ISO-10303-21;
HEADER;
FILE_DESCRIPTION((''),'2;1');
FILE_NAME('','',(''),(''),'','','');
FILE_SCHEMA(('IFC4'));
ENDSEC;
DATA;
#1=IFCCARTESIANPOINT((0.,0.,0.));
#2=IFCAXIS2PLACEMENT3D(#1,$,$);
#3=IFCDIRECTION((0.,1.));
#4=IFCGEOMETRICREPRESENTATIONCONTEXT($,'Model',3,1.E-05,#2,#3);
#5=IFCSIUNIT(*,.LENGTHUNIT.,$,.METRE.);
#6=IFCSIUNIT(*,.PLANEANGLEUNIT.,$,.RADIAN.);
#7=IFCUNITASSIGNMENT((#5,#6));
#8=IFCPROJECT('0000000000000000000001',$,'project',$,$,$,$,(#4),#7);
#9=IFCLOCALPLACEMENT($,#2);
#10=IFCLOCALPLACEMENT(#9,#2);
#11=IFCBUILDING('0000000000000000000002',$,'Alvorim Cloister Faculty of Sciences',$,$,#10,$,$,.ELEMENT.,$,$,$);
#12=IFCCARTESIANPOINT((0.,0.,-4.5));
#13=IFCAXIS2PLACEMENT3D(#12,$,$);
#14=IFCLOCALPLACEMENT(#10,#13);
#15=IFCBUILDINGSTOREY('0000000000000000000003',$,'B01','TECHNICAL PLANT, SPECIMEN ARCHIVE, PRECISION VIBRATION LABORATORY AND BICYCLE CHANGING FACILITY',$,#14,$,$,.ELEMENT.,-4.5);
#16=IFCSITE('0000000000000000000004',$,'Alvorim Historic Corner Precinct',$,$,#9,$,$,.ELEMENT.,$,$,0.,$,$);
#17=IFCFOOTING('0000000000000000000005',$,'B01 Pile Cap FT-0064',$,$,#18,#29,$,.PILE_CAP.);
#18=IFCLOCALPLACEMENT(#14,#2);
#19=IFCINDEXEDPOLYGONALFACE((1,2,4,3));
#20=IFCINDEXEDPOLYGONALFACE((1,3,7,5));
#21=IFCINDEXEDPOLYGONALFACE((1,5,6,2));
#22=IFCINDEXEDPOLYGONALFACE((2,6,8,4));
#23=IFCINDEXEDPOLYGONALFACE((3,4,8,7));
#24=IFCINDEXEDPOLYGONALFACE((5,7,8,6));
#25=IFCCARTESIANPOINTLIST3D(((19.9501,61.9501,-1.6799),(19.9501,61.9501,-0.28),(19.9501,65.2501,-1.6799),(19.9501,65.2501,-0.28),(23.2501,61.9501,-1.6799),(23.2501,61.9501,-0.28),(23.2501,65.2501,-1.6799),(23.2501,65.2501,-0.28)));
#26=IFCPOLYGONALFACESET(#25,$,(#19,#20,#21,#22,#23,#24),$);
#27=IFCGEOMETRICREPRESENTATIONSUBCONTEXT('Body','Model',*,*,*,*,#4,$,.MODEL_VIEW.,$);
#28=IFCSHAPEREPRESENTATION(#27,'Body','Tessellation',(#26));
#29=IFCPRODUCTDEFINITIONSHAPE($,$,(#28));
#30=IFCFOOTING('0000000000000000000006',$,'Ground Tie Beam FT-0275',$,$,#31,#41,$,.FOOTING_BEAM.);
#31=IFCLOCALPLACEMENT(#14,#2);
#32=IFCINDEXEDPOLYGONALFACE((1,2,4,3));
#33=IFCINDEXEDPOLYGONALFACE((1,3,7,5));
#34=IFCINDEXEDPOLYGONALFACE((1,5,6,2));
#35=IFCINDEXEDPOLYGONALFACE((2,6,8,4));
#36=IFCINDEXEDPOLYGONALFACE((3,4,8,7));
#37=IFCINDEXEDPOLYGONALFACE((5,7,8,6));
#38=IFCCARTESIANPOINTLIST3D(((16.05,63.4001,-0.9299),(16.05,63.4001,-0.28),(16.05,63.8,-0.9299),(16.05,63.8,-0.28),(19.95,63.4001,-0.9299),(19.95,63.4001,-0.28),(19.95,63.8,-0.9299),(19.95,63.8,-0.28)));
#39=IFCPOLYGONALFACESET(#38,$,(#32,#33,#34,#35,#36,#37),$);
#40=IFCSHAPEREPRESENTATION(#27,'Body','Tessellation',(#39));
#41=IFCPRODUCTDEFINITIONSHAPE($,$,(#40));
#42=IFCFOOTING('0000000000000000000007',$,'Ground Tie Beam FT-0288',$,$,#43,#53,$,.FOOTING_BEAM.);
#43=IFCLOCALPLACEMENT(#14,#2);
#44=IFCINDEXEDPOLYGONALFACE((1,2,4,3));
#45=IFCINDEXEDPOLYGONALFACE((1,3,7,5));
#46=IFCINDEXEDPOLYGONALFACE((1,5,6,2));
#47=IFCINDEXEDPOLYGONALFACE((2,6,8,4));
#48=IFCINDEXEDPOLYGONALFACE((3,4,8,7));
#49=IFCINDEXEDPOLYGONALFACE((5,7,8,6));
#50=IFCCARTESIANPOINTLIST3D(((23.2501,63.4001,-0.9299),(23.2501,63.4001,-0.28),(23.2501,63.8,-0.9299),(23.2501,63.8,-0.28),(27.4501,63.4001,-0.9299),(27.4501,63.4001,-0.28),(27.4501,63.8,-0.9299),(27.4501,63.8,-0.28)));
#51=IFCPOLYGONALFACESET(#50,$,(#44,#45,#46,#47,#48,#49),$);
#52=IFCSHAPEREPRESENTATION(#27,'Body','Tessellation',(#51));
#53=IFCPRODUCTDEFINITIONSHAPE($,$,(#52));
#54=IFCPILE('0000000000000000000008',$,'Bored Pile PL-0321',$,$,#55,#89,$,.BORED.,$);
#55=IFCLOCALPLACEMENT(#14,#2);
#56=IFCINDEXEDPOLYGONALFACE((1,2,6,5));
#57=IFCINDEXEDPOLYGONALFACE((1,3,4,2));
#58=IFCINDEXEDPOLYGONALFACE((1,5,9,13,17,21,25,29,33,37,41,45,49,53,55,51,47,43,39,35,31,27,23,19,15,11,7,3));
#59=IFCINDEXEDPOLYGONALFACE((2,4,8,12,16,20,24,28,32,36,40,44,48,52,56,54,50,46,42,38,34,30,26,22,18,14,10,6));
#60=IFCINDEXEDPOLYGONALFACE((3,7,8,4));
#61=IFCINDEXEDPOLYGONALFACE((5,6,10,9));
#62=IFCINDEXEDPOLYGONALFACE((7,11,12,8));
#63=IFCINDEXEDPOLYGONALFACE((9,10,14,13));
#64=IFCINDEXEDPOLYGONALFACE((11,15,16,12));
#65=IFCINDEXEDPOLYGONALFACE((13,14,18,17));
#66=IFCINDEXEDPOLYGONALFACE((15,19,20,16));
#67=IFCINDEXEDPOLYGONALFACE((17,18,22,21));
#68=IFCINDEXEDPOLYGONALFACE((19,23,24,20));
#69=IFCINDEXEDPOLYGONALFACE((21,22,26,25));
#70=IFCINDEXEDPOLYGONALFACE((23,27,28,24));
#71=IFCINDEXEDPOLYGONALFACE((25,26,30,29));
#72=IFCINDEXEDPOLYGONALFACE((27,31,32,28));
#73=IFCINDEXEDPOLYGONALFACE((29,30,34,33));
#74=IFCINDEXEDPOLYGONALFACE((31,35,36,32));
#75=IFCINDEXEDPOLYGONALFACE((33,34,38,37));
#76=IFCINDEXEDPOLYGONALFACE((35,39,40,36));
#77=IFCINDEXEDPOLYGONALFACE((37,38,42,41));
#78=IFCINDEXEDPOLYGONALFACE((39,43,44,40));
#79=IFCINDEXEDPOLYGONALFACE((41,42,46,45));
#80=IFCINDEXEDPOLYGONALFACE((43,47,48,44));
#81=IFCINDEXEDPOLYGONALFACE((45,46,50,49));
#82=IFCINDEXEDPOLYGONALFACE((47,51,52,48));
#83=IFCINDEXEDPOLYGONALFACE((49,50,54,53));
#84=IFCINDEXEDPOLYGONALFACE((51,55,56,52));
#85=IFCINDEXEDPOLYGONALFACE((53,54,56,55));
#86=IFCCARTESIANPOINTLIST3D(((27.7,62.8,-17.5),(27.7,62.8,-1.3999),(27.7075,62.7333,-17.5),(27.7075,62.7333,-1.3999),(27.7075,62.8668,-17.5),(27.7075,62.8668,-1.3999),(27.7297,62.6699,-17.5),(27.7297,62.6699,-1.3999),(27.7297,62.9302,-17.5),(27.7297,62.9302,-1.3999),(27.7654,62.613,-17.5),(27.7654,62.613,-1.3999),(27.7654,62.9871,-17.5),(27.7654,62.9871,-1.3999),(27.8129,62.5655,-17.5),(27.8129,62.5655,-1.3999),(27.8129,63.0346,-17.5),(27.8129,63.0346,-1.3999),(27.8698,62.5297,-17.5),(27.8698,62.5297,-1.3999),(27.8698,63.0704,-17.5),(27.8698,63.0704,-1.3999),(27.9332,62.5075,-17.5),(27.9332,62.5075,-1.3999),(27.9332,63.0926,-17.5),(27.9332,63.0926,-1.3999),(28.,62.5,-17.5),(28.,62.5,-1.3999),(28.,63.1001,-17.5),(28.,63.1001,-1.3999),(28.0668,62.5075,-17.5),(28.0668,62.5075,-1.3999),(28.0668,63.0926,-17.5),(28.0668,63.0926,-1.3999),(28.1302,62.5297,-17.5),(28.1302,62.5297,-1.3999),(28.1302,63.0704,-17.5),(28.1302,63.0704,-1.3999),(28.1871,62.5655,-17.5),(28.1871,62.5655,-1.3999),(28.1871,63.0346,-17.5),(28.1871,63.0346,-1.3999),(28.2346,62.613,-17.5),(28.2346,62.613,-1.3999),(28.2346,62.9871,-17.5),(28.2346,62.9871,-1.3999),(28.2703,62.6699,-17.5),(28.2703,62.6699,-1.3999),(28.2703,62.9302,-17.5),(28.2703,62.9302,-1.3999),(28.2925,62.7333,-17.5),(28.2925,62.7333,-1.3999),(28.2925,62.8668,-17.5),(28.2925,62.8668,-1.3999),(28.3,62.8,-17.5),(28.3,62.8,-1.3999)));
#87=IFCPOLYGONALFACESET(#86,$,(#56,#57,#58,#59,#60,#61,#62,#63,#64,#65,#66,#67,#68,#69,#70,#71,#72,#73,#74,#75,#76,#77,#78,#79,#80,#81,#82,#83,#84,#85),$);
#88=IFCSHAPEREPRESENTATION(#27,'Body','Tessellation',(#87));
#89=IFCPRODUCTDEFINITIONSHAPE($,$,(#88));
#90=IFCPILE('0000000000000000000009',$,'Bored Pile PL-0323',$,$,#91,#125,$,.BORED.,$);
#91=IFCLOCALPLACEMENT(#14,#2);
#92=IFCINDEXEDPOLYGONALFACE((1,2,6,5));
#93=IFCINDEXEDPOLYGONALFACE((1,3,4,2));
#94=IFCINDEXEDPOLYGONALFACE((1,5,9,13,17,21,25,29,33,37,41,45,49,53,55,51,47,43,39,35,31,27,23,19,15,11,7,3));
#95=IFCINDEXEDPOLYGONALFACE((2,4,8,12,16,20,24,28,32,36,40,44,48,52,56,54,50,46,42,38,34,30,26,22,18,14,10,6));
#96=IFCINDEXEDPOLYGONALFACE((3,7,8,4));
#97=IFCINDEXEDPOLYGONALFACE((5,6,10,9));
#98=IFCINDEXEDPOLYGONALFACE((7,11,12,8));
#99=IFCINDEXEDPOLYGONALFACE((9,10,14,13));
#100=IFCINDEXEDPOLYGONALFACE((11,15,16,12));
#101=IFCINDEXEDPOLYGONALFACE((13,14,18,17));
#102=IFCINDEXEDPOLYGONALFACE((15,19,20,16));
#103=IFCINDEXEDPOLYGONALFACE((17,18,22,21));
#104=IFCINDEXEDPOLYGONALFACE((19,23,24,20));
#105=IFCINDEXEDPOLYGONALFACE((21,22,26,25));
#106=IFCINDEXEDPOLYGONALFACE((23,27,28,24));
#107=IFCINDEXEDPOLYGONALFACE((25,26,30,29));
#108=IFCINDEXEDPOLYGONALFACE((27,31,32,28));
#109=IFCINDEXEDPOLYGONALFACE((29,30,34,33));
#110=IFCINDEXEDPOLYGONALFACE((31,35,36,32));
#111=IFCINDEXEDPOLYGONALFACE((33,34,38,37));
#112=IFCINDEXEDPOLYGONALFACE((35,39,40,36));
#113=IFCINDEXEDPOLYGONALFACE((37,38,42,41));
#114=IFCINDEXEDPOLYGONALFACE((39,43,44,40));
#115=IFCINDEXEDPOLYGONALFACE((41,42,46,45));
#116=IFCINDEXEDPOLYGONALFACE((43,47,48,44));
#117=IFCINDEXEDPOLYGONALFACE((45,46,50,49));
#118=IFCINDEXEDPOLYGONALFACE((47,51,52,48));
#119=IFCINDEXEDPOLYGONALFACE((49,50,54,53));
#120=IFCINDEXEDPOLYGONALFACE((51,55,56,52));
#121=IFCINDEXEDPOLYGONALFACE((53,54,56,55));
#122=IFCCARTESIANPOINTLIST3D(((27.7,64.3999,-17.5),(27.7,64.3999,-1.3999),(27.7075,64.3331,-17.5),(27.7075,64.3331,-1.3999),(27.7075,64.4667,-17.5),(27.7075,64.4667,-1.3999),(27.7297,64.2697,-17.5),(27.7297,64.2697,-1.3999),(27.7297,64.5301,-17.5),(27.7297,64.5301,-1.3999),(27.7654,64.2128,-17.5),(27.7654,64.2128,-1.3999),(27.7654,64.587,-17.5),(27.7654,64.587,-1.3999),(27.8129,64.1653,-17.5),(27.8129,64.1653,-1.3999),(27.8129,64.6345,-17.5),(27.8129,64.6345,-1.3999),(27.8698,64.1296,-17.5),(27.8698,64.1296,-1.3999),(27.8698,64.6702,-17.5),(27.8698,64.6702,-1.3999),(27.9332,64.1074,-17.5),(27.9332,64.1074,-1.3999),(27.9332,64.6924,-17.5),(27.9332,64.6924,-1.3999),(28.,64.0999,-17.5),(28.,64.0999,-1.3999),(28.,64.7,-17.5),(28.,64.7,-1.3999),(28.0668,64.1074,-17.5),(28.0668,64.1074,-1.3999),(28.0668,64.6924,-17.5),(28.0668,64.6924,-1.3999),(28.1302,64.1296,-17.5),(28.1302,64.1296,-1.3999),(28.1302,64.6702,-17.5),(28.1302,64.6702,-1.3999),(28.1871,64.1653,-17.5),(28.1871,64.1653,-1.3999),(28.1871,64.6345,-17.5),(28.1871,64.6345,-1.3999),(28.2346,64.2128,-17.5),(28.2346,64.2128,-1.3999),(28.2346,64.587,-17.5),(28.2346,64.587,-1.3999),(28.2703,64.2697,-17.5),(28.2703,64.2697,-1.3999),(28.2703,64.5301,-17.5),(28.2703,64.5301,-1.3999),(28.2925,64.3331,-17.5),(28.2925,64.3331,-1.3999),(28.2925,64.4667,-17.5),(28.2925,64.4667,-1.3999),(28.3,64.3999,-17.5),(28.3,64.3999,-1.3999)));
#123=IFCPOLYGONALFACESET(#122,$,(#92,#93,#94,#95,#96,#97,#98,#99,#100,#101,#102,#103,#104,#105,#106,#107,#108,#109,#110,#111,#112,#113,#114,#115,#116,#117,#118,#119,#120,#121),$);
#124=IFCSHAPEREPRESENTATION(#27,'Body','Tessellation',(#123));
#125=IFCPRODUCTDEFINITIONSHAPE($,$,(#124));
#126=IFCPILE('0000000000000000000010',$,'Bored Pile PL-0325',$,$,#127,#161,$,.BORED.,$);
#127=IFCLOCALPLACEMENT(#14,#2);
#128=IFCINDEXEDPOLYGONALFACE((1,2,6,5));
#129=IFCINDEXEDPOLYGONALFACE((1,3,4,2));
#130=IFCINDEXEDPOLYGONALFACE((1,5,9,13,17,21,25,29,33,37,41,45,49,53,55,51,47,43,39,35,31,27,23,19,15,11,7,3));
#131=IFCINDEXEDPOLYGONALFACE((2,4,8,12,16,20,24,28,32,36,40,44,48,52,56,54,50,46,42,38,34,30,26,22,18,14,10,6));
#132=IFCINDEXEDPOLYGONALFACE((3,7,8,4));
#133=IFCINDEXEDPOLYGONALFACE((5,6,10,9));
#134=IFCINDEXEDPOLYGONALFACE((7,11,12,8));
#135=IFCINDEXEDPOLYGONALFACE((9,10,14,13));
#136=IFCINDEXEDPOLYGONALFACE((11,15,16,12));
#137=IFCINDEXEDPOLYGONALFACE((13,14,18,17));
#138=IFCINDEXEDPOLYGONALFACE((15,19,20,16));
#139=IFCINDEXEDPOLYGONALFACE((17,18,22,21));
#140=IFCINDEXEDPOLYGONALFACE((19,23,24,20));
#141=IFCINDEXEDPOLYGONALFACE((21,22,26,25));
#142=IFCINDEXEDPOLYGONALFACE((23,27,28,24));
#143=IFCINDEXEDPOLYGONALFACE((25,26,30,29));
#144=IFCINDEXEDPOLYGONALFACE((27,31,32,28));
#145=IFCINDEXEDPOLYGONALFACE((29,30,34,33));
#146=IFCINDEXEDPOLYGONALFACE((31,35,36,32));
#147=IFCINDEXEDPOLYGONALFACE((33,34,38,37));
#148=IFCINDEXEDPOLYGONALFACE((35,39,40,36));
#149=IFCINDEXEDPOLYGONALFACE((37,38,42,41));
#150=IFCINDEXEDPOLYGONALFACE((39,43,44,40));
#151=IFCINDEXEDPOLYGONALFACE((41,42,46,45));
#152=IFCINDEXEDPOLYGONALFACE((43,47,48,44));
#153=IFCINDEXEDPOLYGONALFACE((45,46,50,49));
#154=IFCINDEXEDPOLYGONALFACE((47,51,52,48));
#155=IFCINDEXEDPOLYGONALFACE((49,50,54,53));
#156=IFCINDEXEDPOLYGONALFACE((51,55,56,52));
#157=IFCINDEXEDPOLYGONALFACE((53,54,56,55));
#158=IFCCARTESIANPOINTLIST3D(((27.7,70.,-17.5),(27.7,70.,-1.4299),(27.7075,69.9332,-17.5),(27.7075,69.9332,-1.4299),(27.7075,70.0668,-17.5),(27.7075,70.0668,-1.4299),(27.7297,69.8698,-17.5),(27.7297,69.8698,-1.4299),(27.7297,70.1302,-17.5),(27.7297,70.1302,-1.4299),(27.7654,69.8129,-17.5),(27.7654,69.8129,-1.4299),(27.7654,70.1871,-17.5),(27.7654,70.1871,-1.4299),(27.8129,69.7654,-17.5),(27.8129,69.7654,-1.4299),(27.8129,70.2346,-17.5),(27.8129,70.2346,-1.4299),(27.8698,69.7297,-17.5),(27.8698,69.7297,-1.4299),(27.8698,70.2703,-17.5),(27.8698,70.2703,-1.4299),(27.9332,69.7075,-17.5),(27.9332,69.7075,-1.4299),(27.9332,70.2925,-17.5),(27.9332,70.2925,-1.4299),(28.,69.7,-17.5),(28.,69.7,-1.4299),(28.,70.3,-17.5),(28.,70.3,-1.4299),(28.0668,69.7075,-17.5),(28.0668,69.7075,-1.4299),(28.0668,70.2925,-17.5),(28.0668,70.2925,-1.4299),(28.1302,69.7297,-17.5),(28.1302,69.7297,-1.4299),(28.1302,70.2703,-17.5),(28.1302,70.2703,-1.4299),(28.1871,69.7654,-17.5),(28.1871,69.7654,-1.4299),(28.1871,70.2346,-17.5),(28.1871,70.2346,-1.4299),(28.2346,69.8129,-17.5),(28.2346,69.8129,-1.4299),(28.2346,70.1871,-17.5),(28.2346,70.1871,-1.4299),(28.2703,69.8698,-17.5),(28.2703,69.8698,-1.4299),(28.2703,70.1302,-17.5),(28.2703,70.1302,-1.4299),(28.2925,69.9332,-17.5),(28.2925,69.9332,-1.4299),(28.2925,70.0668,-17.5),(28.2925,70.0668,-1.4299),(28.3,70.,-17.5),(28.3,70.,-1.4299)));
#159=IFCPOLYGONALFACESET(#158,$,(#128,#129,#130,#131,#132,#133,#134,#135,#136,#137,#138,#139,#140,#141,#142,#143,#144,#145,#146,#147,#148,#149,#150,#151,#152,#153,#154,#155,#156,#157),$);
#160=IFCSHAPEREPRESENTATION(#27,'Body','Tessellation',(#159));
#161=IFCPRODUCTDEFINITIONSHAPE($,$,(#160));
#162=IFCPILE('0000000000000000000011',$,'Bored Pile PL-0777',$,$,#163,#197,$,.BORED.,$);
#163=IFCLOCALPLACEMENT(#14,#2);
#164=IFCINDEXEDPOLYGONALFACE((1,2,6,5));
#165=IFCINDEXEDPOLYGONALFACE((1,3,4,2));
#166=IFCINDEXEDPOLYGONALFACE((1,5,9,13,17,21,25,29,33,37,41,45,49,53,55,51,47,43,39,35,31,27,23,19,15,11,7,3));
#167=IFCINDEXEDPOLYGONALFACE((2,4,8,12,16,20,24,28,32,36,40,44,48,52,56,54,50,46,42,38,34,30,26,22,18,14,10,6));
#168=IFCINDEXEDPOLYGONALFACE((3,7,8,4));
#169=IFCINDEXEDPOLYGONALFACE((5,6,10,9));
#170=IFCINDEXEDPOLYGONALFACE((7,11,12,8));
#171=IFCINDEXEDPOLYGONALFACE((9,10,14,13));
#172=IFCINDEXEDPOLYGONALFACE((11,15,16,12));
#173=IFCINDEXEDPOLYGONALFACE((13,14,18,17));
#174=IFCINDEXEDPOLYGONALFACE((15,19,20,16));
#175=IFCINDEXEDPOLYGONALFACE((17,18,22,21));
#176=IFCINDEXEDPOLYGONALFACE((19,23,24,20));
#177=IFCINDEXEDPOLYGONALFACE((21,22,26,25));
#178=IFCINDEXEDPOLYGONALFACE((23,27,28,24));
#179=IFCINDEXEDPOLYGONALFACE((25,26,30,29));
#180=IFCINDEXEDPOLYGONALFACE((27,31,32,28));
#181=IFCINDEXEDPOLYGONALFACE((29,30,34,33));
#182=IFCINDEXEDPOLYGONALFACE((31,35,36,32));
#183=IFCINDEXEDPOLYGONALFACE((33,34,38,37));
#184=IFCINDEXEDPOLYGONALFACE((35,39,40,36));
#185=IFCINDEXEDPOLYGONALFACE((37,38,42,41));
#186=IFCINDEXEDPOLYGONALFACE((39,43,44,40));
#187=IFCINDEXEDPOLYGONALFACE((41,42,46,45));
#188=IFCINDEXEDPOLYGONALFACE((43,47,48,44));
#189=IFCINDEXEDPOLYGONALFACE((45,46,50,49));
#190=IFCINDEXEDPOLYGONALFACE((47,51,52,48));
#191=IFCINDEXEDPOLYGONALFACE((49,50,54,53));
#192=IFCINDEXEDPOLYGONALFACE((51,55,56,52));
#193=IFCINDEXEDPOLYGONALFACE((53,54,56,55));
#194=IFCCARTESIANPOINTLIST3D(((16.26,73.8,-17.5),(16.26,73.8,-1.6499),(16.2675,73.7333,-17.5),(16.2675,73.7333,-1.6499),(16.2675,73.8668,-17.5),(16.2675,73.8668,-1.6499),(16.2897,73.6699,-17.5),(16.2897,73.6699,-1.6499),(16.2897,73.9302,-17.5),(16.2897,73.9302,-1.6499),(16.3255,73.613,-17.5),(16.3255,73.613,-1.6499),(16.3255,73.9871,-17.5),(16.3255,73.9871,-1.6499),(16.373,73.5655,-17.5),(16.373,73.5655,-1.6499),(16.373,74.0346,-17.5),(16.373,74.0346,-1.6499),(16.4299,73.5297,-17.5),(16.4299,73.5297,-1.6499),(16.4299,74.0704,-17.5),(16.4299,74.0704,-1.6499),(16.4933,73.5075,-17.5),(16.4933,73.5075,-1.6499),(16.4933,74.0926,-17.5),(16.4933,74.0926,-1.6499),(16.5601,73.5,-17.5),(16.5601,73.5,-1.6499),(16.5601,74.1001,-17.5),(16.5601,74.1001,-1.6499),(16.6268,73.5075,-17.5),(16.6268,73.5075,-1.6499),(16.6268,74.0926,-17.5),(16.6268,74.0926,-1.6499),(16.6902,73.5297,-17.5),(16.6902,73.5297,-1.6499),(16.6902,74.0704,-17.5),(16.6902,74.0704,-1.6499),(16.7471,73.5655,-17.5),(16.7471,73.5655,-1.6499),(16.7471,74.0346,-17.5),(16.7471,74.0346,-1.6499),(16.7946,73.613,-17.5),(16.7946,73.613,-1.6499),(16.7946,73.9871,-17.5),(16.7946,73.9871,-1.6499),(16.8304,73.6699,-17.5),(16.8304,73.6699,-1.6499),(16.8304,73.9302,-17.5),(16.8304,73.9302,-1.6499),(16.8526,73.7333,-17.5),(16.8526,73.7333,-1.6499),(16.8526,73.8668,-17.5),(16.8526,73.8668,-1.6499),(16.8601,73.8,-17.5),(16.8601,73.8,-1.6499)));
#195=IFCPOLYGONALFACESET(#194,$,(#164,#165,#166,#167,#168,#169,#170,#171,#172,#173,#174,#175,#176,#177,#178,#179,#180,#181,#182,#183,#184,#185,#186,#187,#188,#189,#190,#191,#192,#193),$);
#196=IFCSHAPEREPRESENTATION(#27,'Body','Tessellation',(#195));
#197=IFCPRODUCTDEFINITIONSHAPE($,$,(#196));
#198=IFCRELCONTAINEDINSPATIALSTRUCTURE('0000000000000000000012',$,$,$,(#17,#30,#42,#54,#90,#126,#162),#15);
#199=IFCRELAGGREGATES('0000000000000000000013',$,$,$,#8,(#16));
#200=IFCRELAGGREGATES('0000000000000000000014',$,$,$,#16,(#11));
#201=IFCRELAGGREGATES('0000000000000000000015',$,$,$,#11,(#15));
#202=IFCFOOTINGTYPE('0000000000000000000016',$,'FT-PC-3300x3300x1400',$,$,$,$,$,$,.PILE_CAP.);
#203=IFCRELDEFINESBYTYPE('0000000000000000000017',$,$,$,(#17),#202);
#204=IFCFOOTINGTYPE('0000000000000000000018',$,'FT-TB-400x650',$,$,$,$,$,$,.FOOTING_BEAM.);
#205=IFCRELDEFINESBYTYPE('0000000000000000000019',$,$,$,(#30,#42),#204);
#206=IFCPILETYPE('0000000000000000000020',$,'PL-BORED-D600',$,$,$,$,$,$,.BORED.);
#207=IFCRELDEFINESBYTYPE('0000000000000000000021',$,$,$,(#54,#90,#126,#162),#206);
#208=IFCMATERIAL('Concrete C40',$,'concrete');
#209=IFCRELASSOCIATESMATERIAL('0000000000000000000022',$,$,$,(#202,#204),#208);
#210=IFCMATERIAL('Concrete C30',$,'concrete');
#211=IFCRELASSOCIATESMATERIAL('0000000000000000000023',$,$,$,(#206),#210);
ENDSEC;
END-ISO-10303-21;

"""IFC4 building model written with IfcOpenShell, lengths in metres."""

from ifc_helpers import new_model, si_unit, direction, frame, origin, origin_2d, place, context, subcontext, project, spatial, rectangle, circle, extrude, material, material_profile, profile_set, type_object, element, save


model = new_model("IFC4")

# Units and contexts
model_context = context("Model", 3, precision=1e-05, world=origin(), true_north=direction((0.0, 1.0)))
body_context = subcontext(model_context, "Body", "Model", "MODEL_VIEW")
ifc_project = project(units=[si_unit("LENGTHUNIT", "METRE"), si_unit("PLANEANGLEUNIT", "RADIAN")], contexts=[model_context])

# Site, building, storey
site_placement = place(None, origin())
site = spatial("IfcSite", under=ifc_project, at=site_placement, Name="Alvorim Historic Corner Precinct", CompositionType="ELEMENT", RefElevation=0.0)
building_placement = place(site_placement, origin())
building = spatial("IfcBuilding", under=site, at=building_placement, Name="Alvorim Cloister Faculty of Sciences", CompositionType="ELEMENT")
storey_placement = place(building_placement, frame((0.0, 0.0, -4.5)))
storey = spatial("IfcBuildingStorey", under=building, at=storey_placement, Name="B01", Description="TECHNICAL PLANT, SPECIMEN ARCHIVE, PRECISION VIBRATION LABORATORY AND BICYCLE CHANGING FACILITY", CompositionType="ELEMENT", Elevation=-4.5)

# Footings
ifc_material_1 = material(Name="Concrete C40", Category="concrete")
footing_type_1 = type_object("IfcFootingType", Name="FT-PC-3300x3300x1400", PredefinedType="PILE_CAP", material=ifc_material_1)
footing_1_placement = place(storey_placement, frame((21.6001, 63.6001, -1.6799), z_axis=(0.0, 0.0, 1.0), x_axis=(1.0, 0.0, 0.0)))
element("IfcFooting", 1, at=footing_1_placement, inside=storey, type_object=footing_type_1, Name="B01 Pile Cap FT-0064", PredefinedType="PILE_CAP", context=body_context, shape_type="SweptSolid", body=[
    extrude(rectangle(XDim=3.3, YDim=3.3, at=origin_2d()), origin(), (0.0, 0.0, 1.0), 1.3999),
])
footing_type_2 = type_object("IfcFootingType", Name="FT-TB-400x650", PredefinedType="FOOTING_BEAM", material=ifc_material_1)
footing_2_placement = place(storey_placement, frame((18.0, 63.6001, -0.9299), z_axis=(0.0, 0.0, 1.0), x_axis=(1.0, 0.0, 0.0)))
element("IfcFooting", 2, at=footing_2_placement, inside=storey, type_object=footing_type_2, Name="Ground Tie Beam FT-0275", PredefinedType="FOOTING_BEAM", context=body_context, shape_type="SweptSolid", body=[
    extrude(rectangle(XDim=3.8999, YDim=0.3999, at=origin_2d()), origin(), (0.0, 0.0, 1.0), 0.6499),
])
footing_3_placement = place(storey_placement, frame((25.3501, 63.6001, -0.9299), z_axis=(0.0, 0.0, 1.0), x_axis=(1.0, 0.0, 0.0)))
element("IfcFooting", 3, at=footing_3_placement, inside=storey, type_object=footing_type_2, Name="Ground Tie Beam FT-0288", PredefinedType="FOOTING_BEAM", context=body_context, shape_type="SweptSolid", body=[
    extrude(rectangle(XDim=4.2, YDim=0.3999, at=origin_2d()), origin(), (0.0, 0.0, 1.0), 0.6499),
])

# Piles
ifc_material_2 = material(Name="Concrete C30", Category="concrete")
ifc_material_profile_1 = material_profile(ifc_material_2, circle(Radius=0.3, at=origin_2d()), Name="PILE-D600")
ifc_profile_set_1 = profile_set([ifc_material_profile_1], Name="Concrete C30")
pile_type_1 = type_object("IfcPileType", Name="PL-BORED-D600", PredefinedType="BORED", material=ifc_profile_set_1)
for number, where, z_axis, x_axis, name in (
    (4, (28.0, 62.8, -1.3999), (0.0, 0.0, -1.0), (1.0, 0.0, 0.0), "Bored Pile PL-0321"),
    (5, (28.0, 64.3999, -1.3999), (0.0, 0.0, -1.0), (1.0, 0.0, 0.0), "Bored Pile PL-0323"),
):
    element("IfcPile", number, at=place(storey_placement, frame(where, z_axis=z_axis, x_axis=x_axis)), inside=storey, type_object=pile_type_1, Name=name, PredefinedType="BORED", context=body_context, shape_type="SweptSolid", body=[
        extrude(circle(Radius=0.3, at=origin_2d()), origin(), (0.0, 0.0, 1.0), 16.1001),
    ])
pile_placement = place(storey_placement, frame((28.0, 70.0, -1.4299), z_axis=(0.0, 0.0, -1.0), x_axis=(1.0, 0.0, 0.0)))
element("IfcPile", 6, at=pile_placement, inside=storey, type_object=pile_type_1, Name="Bored Pile PL-0325", PredefinedType="BORED", context=body_context, shape_type="SweptSolid", body=[
    extrude(circle(Radius=0.3, at=origin_2d()), origin(), (0.0, 0.0, 1.0), 16.0701),
])
for number, where, z_axis, x_axis, name in (
    (7, (16.5601, 73.8, -1.6499), (0.0, 0.0, -1.0), (1.0, 0.0, 0.0), "Bored Pile PL-0777"),
):
    element("IfcPile", number, at=place(storey_placement, frame(where, z_axis=z_axis, x_axis=x_axis)), inside=storey, type_object=pile_type_1, Name=name, PredefinedType="BORED", context=body_context, shape_type="SweptSolid", body=[
        extrude(circle(Radius=0.3, at=origin_2d()), origin(), (0.0, 0.0, 1.0), 15.8501),
    ])

save(model, "model.ifc")
